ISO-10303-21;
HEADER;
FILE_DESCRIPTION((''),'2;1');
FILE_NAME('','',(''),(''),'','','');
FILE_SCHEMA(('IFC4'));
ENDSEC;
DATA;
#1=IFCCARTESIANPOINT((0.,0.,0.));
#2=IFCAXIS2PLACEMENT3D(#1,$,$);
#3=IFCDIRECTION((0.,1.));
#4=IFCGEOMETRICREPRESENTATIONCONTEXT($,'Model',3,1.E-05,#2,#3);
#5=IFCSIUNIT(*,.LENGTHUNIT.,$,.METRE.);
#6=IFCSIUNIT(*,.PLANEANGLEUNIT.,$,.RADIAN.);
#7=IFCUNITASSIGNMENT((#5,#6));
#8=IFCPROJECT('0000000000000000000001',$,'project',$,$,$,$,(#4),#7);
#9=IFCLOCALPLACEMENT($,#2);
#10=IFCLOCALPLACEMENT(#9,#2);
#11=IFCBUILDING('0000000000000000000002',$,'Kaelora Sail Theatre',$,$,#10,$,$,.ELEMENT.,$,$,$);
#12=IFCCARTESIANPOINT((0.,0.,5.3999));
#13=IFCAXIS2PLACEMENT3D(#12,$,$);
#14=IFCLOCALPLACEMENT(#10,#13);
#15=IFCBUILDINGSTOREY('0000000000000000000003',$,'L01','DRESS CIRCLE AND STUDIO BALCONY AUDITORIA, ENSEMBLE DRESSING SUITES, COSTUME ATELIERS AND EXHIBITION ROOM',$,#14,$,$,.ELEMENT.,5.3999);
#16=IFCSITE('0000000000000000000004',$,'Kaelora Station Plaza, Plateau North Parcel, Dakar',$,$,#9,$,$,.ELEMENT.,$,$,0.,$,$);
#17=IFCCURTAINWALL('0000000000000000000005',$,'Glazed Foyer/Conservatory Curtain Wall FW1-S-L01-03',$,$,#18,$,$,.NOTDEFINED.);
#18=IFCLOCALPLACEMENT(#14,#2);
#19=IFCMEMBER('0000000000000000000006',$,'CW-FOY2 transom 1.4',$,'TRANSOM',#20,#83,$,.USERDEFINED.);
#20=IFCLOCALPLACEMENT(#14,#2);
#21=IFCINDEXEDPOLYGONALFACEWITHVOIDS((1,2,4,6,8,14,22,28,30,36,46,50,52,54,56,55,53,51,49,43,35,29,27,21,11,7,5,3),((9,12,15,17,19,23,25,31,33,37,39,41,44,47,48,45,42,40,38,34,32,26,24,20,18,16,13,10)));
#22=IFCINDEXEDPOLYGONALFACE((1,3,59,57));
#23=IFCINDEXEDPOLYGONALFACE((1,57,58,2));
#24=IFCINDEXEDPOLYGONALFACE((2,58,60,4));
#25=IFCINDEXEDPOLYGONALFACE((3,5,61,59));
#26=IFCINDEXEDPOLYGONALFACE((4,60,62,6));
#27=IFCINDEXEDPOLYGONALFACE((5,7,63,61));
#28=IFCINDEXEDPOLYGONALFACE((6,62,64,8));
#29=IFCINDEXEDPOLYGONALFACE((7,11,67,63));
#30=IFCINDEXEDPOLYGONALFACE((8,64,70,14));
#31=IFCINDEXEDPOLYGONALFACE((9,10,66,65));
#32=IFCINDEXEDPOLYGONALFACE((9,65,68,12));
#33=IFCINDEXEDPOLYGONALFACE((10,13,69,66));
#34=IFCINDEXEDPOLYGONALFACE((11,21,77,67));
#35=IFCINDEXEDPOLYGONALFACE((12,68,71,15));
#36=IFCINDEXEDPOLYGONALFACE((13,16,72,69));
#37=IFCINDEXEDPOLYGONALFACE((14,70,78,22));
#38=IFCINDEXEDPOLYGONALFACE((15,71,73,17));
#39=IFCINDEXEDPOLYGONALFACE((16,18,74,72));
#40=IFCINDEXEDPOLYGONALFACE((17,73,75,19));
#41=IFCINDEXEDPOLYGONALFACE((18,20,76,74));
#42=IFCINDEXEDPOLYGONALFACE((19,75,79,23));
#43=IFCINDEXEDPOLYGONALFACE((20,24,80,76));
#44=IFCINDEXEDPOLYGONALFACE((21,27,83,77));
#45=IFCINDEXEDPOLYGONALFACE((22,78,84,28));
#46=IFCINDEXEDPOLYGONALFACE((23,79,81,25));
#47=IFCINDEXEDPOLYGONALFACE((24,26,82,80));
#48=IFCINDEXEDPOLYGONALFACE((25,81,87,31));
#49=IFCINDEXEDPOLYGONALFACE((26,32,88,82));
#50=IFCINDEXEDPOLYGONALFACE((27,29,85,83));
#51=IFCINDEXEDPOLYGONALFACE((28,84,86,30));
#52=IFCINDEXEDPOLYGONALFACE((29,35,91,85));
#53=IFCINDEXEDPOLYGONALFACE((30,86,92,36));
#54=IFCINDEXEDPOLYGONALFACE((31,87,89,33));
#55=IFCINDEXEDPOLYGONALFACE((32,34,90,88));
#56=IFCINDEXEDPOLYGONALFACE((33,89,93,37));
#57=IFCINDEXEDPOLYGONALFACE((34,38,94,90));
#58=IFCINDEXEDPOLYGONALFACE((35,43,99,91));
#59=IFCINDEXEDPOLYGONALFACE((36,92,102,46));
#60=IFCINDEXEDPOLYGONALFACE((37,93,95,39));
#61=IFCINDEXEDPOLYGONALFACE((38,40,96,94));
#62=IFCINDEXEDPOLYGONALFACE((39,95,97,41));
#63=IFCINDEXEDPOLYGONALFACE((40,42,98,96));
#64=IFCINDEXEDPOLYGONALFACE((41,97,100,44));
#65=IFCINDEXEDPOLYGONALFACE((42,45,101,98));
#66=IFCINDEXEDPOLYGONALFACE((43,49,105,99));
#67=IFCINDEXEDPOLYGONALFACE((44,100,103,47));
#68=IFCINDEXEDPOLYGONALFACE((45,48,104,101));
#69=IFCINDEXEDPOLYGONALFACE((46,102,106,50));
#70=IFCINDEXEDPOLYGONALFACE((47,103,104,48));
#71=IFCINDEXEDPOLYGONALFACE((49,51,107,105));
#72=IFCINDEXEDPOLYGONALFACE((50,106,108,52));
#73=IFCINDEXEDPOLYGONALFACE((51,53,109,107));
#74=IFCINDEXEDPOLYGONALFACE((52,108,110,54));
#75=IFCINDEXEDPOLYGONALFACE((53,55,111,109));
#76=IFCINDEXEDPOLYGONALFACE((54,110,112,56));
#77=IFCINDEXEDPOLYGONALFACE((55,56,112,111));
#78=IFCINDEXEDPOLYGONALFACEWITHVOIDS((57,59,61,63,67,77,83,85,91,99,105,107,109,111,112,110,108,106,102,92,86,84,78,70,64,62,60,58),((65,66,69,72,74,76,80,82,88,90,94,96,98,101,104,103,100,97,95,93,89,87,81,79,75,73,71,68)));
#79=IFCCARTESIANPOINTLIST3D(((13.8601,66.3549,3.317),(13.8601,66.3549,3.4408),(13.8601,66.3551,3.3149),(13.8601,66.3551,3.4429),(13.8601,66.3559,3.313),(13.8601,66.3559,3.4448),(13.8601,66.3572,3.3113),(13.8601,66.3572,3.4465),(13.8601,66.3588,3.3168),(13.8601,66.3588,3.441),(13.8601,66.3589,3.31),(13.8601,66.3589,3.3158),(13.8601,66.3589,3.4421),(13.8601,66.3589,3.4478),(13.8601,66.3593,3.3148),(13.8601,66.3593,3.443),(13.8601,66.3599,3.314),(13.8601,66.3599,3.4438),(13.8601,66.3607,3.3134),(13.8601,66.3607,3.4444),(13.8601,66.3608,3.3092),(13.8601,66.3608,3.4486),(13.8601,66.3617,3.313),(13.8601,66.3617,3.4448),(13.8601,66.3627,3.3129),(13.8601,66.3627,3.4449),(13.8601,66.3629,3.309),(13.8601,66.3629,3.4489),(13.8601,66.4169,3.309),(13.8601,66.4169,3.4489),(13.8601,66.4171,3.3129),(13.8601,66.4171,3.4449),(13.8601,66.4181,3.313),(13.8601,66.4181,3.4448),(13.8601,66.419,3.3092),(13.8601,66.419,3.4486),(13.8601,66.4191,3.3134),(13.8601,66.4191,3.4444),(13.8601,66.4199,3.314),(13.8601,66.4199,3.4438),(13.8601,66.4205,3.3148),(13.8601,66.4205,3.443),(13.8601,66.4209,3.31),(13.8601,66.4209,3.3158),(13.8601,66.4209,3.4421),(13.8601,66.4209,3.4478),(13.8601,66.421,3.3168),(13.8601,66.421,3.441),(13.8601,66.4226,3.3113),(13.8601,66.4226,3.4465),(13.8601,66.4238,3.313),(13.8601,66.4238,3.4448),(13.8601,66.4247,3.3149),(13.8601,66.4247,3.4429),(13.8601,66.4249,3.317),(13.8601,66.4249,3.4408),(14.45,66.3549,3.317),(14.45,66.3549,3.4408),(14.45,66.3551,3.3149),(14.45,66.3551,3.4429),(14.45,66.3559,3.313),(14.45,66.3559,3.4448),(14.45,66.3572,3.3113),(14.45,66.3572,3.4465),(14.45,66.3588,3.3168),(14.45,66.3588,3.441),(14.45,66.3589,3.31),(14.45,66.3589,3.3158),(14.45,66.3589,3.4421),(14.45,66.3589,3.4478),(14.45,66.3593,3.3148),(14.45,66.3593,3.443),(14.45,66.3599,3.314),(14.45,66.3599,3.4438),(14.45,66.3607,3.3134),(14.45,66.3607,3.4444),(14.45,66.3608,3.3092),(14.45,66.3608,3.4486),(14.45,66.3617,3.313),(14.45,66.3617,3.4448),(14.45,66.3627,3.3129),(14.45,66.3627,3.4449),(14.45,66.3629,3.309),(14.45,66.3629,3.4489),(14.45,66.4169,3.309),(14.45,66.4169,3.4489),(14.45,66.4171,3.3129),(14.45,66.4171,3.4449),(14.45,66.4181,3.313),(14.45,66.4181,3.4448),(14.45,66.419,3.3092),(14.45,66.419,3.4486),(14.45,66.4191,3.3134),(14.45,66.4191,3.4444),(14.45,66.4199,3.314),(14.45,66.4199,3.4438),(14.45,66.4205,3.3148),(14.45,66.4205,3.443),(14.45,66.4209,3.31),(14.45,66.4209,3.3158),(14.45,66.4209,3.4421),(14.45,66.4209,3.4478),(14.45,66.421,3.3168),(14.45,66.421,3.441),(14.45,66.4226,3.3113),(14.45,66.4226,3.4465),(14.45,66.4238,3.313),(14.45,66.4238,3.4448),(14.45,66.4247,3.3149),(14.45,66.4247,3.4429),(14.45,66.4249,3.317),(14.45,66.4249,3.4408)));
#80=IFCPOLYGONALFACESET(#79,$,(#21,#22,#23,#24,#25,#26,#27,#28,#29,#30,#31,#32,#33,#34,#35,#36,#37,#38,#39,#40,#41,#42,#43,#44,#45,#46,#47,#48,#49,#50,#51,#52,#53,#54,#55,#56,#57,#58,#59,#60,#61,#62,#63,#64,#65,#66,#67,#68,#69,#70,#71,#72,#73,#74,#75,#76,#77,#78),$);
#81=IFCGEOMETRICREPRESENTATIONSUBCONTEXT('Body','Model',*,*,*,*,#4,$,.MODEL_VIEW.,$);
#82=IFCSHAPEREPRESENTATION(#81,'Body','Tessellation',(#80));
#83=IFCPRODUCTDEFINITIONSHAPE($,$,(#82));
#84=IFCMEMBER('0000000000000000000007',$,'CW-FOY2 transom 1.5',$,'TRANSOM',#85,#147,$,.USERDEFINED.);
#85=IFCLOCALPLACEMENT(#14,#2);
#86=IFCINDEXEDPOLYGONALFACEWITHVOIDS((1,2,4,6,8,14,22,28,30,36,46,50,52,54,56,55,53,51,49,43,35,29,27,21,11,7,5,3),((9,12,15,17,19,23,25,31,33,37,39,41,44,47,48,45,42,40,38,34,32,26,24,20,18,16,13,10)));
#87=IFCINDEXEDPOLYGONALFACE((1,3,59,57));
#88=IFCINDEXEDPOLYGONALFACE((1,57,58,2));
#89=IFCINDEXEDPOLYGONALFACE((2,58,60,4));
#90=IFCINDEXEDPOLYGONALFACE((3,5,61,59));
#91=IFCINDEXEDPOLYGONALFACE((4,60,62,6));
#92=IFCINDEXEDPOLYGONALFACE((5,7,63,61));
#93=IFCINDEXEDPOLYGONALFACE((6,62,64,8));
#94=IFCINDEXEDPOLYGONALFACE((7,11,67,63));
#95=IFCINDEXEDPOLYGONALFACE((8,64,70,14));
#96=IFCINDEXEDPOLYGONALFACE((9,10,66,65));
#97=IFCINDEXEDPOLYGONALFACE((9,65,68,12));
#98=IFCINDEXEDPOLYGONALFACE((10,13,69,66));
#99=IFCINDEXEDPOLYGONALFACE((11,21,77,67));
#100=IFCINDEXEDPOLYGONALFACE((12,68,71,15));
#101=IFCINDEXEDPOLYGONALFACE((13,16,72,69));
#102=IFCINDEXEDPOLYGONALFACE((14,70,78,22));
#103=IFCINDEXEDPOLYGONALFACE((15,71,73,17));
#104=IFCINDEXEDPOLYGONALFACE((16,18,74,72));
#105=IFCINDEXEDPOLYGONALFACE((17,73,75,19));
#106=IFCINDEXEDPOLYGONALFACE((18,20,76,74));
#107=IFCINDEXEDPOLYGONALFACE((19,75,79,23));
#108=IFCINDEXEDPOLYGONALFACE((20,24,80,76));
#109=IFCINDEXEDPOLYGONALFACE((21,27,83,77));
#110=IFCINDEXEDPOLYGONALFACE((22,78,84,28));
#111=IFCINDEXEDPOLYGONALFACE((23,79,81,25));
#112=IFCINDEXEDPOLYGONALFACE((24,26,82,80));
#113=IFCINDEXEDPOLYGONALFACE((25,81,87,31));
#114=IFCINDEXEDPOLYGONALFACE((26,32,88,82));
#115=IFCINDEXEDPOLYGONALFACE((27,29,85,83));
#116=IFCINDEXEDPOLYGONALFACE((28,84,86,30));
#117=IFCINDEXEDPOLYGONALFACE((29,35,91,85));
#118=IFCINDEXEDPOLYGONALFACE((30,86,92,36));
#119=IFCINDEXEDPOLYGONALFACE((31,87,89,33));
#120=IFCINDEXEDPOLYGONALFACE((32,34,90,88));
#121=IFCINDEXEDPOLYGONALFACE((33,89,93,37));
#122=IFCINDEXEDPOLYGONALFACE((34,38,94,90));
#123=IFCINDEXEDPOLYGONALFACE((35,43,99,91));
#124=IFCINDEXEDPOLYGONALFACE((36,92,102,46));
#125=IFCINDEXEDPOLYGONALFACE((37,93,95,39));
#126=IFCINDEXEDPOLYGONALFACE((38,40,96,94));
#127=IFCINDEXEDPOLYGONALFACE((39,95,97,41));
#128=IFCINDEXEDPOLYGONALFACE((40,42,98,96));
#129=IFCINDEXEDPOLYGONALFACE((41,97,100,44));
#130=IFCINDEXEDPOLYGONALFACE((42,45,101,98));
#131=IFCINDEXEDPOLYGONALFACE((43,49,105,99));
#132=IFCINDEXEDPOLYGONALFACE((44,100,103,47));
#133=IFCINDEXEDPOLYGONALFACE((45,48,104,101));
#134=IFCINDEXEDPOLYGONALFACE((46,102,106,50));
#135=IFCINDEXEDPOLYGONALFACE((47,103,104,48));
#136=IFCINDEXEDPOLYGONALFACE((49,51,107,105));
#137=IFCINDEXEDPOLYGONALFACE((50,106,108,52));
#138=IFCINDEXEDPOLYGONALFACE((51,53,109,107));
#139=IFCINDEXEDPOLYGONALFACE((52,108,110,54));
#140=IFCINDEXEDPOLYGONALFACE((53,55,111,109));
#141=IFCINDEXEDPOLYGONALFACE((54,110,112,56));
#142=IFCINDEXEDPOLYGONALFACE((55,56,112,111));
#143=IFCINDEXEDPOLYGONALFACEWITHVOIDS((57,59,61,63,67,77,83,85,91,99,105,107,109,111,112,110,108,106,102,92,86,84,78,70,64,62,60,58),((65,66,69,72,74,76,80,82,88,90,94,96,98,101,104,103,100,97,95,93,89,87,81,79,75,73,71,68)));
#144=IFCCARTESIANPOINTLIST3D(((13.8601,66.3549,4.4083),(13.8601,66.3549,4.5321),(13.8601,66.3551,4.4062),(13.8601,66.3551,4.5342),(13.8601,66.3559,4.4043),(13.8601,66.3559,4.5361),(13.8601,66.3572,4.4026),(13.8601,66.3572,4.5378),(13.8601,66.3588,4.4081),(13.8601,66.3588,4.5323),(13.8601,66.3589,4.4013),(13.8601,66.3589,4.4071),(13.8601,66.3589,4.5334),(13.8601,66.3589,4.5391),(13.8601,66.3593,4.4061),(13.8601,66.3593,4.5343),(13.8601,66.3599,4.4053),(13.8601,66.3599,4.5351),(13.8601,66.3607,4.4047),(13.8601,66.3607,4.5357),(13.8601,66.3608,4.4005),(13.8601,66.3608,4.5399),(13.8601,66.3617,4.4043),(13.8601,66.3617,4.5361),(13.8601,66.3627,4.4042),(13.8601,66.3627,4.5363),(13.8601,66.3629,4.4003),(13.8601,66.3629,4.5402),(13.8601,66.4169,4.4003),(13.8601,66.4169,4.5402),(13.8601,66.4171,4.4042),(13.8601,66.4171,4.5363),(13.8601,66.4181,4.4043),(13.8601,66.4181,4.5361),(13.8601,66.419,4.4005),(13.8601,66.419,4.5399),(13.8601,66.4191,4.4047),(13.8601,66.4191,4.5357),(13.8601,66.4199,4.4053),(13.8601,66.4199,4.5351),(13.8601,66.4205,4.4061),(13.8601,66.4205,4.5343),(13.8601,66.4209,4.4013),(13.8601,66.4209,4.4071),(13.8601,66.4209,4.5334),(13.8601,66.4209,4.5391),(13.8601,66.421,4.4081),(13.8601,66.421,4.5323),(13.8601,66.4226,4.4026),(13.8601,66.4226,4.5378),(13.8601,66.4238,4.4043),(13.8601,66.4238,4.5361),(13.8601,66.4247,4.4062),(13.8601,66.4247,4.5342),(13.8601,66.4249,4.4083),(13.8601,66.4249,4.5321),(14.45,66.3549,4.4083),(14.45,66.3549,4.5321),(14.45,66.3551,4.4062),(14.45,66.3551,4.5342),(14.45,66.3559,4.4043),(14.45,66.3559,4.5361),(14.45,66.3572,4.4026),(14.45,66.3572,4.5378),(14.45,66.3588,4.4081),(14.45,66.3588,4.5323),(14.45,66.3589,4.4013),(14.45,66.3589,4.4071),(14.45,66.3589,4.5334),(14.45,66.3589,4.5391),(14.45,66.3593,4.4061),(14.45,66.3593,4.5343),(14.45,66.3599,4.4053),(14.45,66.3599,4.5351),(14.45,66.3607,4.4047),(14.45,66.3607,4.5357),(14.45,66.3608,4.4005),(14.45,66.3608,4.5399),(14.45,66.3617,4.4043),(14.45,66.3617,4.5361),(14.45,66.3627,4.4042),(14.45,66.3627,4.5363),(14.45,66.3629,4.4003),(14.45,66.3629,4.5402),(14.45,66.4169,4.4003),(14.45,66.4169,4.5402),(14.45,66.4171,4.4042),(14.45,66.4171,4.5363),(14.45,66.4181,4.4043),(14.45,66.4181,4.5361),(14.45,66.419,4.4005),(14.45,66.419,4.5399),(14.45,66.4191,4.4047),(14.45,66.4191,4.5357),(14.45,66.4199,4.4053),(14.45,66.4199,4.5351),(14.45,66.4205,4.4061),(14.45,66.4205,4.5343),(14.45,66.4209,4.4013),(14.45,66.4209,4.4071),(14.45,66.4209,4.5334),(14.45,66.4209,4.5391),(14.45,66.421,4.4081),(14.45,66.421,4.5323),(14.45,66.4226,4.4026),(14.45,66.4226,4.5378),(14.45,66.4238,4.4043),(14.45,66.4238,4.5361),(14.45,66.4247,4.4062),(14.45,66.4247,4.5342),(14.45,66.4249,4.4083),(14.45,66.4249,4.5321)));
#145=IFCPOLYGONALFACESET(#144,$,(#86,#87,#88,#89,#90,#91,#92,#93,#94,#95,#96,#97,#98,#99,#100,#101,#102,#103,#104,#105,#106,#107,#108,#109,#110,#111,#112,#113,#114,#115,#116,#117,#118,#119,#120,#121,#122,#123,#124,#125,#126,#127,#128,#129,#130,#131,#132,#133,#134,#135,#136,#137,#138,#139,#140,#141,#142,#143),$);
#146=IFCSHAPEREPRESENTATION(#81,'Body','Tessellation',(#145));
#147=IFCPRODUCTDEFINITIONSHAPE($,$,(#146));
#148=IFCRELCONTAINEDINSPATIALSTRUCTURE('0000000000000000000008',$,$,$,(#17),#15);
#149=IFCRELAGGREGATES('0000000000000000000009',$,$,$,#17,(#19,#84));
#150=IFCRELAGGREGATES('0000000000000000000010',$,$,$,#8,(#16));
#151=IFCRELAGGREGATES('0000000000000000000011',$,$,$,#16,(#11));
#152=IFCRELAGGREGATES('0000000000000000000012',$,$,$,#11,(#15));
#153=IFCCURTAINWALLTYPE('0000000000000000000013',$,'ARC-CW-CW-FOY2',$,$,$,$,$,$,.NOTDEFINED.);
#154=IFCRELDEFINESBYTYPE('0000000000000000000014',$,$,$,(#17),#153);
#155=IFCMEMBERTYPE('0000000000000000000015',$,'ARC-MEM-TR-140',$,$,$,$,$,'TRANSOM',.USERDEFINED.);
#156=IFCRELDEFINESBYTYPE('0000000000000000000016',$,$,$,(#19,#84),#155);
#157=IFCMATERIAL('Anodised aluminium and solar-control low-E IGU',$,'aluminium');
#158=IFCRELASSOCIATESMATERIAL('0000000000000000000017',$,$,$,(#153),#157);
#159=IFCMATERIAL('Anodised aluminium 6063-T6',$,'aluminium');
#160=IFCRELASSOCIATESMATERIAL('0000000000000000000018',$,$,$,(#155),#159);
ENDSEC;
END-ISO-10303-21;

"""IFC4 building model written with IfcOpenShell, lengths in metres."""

from ifc_helpers import new_model, si_unit, direction, frame, origin, origin_2d, place, context, subcontext, project, spatial, hollow_rectangle, extrude, material, material_profile, profile_set, type_object, element, aggregate, save


model = new_model("IFC4")

# Units and contexts
model_context = context("Model", 3, precision=1e-05, world=origin(), true_north=direction((0.0, 1.0)))
body_context = subcontext(model_context, "Body", "Model", "MODEL_VIEW")
ifc_project = project(units=[si_unit("LENGTHUNIT", "METRE"), si_unit("PLANEANGLEUNIT", "RADIAN")], contexts=[model_context])

# Site, building, storey
site_placement = place(None, origin())
site = spatial("IfcSite", under=ifc_project, at=site_placement, Name="Kaelora Station Plaza, Plateau North Parcel, Dakar", CompositionType="ELEMENT", RefElevation=0.0)
building_placement = place(site_placement, origin())
building = spatial("IfcBuilding", under=site, at=building_placement, Name="Kaelora Sail Theatre", CompositionType="ELEMENT")
storey_placement = place(building_placement, frame((0.0, 0.0, 5.3999)))
storey = spatial("IfcBuildingStorey", under=building, at=storey_placement, Name="L01", Description="DRESS CIRCLE AND STUDIO BALCONY AUDITORIA, ENSEMBLE DRESSING SUITES, COSTUME ATELIERS AND EXHIBITION ROOM", CompositionType="ELEMENT", Elevation=5.3999)

# Curtain wall, members
ifc_material_1 = material(Name="Anodised aluminium and solar-control low-E IGU", Category="aluminium")
curtain_wall_type = type_object("IfcCurtainWallType", Name="ARC-CW-CW-FOY2", PredefinedType="NOTDEFINED", material=ifc_material_1)
ifc_material_2 = material(Name="Anodised aluminium 6063-T6", Category="aluminium")
ifc_material_profile = material_profile(ifc_material_2, hollow_rectangle(XDim=0.0701, YDim=0.1399, WallThickness=0.0039, InnerFilletRadius=0.0039, OuterFilletRadius=0.0081, at=origin_2d()), Name="ALU-TRAN 70x140x4")
ifc_profile_set = profile_set([ifc_material_profile], Name="Anodised aluminium 6063-T6")
member_type = type_object("IfcMemberType", Name="ARC-MEM-TR-140", ElementType="TRANSOM", PredefinedType="USERDEFINED", material=ifc_profile_set)
curtain_wall_1_placement = place(storey_placement, origin())
curtain_wall_1 = element("IfcCurtainWall", 1, at=curtain_wall_1_placement, inside=storey, type_object=curtain_wall_type, Name="Glazed Foyer/Conservatory Curtain Wall FW1-S-L01-03", PredefinedType="NOTDEFINED")
member_1_placement = place(storey_placement, frame((13.8601, 66.3899, 3.3789), z_axis=(1.0, 0.0, 0.0), x_axis=(0.0, 1.0, 0.0)))
member_1 = element("IfcMember", 2, at=member_1_placement, type_object=member_type, Name="CW-FOY2 transom 1.4", ObjectType="TRANSOM", PredefinedType="USERDEFINED", context=body_context, shape_type="SweptSolid", body=[
    extrude(hollow_rectangle(XDim=0.0701, YDim=0.1399, WallThickness=0.0039, InnerFilletRadius=0.0039, OuterFilletRadius=0.0081, at=origin_2d()), origin(), (0.0, 0.0, 1.0), 0.5898),
])
member_2_placement = place(storey_placement, frame((13.8601, 66.3899, 4.4702), z_axis=(1.0, 0.0, 0.0), x_axis=(0.0, 1.0, 0.0)))
member_2 = element("IfcMember", 3, at=member_2_placement, type_object=member_type, Name="CW-FOY2 transom 1.5", ObjectType="TRANSOM", PredefinedType="USERDEFINED", context=body_context, shape_type="SweptSolid", body=[
    extrude(hollow_rectangle(XDim=0.0701, YDim=0.1399, WallThickness=0.0039, InnerFilletRadius=0.0039, OuterFilletRadius=0.0081, at=origin_2d()), origin(), (0.0, 0.0, 1.0), 0.5898),
])

aggregate(curtain_wall_1, [member_1, member_2])

save(model, "model.ifc")
